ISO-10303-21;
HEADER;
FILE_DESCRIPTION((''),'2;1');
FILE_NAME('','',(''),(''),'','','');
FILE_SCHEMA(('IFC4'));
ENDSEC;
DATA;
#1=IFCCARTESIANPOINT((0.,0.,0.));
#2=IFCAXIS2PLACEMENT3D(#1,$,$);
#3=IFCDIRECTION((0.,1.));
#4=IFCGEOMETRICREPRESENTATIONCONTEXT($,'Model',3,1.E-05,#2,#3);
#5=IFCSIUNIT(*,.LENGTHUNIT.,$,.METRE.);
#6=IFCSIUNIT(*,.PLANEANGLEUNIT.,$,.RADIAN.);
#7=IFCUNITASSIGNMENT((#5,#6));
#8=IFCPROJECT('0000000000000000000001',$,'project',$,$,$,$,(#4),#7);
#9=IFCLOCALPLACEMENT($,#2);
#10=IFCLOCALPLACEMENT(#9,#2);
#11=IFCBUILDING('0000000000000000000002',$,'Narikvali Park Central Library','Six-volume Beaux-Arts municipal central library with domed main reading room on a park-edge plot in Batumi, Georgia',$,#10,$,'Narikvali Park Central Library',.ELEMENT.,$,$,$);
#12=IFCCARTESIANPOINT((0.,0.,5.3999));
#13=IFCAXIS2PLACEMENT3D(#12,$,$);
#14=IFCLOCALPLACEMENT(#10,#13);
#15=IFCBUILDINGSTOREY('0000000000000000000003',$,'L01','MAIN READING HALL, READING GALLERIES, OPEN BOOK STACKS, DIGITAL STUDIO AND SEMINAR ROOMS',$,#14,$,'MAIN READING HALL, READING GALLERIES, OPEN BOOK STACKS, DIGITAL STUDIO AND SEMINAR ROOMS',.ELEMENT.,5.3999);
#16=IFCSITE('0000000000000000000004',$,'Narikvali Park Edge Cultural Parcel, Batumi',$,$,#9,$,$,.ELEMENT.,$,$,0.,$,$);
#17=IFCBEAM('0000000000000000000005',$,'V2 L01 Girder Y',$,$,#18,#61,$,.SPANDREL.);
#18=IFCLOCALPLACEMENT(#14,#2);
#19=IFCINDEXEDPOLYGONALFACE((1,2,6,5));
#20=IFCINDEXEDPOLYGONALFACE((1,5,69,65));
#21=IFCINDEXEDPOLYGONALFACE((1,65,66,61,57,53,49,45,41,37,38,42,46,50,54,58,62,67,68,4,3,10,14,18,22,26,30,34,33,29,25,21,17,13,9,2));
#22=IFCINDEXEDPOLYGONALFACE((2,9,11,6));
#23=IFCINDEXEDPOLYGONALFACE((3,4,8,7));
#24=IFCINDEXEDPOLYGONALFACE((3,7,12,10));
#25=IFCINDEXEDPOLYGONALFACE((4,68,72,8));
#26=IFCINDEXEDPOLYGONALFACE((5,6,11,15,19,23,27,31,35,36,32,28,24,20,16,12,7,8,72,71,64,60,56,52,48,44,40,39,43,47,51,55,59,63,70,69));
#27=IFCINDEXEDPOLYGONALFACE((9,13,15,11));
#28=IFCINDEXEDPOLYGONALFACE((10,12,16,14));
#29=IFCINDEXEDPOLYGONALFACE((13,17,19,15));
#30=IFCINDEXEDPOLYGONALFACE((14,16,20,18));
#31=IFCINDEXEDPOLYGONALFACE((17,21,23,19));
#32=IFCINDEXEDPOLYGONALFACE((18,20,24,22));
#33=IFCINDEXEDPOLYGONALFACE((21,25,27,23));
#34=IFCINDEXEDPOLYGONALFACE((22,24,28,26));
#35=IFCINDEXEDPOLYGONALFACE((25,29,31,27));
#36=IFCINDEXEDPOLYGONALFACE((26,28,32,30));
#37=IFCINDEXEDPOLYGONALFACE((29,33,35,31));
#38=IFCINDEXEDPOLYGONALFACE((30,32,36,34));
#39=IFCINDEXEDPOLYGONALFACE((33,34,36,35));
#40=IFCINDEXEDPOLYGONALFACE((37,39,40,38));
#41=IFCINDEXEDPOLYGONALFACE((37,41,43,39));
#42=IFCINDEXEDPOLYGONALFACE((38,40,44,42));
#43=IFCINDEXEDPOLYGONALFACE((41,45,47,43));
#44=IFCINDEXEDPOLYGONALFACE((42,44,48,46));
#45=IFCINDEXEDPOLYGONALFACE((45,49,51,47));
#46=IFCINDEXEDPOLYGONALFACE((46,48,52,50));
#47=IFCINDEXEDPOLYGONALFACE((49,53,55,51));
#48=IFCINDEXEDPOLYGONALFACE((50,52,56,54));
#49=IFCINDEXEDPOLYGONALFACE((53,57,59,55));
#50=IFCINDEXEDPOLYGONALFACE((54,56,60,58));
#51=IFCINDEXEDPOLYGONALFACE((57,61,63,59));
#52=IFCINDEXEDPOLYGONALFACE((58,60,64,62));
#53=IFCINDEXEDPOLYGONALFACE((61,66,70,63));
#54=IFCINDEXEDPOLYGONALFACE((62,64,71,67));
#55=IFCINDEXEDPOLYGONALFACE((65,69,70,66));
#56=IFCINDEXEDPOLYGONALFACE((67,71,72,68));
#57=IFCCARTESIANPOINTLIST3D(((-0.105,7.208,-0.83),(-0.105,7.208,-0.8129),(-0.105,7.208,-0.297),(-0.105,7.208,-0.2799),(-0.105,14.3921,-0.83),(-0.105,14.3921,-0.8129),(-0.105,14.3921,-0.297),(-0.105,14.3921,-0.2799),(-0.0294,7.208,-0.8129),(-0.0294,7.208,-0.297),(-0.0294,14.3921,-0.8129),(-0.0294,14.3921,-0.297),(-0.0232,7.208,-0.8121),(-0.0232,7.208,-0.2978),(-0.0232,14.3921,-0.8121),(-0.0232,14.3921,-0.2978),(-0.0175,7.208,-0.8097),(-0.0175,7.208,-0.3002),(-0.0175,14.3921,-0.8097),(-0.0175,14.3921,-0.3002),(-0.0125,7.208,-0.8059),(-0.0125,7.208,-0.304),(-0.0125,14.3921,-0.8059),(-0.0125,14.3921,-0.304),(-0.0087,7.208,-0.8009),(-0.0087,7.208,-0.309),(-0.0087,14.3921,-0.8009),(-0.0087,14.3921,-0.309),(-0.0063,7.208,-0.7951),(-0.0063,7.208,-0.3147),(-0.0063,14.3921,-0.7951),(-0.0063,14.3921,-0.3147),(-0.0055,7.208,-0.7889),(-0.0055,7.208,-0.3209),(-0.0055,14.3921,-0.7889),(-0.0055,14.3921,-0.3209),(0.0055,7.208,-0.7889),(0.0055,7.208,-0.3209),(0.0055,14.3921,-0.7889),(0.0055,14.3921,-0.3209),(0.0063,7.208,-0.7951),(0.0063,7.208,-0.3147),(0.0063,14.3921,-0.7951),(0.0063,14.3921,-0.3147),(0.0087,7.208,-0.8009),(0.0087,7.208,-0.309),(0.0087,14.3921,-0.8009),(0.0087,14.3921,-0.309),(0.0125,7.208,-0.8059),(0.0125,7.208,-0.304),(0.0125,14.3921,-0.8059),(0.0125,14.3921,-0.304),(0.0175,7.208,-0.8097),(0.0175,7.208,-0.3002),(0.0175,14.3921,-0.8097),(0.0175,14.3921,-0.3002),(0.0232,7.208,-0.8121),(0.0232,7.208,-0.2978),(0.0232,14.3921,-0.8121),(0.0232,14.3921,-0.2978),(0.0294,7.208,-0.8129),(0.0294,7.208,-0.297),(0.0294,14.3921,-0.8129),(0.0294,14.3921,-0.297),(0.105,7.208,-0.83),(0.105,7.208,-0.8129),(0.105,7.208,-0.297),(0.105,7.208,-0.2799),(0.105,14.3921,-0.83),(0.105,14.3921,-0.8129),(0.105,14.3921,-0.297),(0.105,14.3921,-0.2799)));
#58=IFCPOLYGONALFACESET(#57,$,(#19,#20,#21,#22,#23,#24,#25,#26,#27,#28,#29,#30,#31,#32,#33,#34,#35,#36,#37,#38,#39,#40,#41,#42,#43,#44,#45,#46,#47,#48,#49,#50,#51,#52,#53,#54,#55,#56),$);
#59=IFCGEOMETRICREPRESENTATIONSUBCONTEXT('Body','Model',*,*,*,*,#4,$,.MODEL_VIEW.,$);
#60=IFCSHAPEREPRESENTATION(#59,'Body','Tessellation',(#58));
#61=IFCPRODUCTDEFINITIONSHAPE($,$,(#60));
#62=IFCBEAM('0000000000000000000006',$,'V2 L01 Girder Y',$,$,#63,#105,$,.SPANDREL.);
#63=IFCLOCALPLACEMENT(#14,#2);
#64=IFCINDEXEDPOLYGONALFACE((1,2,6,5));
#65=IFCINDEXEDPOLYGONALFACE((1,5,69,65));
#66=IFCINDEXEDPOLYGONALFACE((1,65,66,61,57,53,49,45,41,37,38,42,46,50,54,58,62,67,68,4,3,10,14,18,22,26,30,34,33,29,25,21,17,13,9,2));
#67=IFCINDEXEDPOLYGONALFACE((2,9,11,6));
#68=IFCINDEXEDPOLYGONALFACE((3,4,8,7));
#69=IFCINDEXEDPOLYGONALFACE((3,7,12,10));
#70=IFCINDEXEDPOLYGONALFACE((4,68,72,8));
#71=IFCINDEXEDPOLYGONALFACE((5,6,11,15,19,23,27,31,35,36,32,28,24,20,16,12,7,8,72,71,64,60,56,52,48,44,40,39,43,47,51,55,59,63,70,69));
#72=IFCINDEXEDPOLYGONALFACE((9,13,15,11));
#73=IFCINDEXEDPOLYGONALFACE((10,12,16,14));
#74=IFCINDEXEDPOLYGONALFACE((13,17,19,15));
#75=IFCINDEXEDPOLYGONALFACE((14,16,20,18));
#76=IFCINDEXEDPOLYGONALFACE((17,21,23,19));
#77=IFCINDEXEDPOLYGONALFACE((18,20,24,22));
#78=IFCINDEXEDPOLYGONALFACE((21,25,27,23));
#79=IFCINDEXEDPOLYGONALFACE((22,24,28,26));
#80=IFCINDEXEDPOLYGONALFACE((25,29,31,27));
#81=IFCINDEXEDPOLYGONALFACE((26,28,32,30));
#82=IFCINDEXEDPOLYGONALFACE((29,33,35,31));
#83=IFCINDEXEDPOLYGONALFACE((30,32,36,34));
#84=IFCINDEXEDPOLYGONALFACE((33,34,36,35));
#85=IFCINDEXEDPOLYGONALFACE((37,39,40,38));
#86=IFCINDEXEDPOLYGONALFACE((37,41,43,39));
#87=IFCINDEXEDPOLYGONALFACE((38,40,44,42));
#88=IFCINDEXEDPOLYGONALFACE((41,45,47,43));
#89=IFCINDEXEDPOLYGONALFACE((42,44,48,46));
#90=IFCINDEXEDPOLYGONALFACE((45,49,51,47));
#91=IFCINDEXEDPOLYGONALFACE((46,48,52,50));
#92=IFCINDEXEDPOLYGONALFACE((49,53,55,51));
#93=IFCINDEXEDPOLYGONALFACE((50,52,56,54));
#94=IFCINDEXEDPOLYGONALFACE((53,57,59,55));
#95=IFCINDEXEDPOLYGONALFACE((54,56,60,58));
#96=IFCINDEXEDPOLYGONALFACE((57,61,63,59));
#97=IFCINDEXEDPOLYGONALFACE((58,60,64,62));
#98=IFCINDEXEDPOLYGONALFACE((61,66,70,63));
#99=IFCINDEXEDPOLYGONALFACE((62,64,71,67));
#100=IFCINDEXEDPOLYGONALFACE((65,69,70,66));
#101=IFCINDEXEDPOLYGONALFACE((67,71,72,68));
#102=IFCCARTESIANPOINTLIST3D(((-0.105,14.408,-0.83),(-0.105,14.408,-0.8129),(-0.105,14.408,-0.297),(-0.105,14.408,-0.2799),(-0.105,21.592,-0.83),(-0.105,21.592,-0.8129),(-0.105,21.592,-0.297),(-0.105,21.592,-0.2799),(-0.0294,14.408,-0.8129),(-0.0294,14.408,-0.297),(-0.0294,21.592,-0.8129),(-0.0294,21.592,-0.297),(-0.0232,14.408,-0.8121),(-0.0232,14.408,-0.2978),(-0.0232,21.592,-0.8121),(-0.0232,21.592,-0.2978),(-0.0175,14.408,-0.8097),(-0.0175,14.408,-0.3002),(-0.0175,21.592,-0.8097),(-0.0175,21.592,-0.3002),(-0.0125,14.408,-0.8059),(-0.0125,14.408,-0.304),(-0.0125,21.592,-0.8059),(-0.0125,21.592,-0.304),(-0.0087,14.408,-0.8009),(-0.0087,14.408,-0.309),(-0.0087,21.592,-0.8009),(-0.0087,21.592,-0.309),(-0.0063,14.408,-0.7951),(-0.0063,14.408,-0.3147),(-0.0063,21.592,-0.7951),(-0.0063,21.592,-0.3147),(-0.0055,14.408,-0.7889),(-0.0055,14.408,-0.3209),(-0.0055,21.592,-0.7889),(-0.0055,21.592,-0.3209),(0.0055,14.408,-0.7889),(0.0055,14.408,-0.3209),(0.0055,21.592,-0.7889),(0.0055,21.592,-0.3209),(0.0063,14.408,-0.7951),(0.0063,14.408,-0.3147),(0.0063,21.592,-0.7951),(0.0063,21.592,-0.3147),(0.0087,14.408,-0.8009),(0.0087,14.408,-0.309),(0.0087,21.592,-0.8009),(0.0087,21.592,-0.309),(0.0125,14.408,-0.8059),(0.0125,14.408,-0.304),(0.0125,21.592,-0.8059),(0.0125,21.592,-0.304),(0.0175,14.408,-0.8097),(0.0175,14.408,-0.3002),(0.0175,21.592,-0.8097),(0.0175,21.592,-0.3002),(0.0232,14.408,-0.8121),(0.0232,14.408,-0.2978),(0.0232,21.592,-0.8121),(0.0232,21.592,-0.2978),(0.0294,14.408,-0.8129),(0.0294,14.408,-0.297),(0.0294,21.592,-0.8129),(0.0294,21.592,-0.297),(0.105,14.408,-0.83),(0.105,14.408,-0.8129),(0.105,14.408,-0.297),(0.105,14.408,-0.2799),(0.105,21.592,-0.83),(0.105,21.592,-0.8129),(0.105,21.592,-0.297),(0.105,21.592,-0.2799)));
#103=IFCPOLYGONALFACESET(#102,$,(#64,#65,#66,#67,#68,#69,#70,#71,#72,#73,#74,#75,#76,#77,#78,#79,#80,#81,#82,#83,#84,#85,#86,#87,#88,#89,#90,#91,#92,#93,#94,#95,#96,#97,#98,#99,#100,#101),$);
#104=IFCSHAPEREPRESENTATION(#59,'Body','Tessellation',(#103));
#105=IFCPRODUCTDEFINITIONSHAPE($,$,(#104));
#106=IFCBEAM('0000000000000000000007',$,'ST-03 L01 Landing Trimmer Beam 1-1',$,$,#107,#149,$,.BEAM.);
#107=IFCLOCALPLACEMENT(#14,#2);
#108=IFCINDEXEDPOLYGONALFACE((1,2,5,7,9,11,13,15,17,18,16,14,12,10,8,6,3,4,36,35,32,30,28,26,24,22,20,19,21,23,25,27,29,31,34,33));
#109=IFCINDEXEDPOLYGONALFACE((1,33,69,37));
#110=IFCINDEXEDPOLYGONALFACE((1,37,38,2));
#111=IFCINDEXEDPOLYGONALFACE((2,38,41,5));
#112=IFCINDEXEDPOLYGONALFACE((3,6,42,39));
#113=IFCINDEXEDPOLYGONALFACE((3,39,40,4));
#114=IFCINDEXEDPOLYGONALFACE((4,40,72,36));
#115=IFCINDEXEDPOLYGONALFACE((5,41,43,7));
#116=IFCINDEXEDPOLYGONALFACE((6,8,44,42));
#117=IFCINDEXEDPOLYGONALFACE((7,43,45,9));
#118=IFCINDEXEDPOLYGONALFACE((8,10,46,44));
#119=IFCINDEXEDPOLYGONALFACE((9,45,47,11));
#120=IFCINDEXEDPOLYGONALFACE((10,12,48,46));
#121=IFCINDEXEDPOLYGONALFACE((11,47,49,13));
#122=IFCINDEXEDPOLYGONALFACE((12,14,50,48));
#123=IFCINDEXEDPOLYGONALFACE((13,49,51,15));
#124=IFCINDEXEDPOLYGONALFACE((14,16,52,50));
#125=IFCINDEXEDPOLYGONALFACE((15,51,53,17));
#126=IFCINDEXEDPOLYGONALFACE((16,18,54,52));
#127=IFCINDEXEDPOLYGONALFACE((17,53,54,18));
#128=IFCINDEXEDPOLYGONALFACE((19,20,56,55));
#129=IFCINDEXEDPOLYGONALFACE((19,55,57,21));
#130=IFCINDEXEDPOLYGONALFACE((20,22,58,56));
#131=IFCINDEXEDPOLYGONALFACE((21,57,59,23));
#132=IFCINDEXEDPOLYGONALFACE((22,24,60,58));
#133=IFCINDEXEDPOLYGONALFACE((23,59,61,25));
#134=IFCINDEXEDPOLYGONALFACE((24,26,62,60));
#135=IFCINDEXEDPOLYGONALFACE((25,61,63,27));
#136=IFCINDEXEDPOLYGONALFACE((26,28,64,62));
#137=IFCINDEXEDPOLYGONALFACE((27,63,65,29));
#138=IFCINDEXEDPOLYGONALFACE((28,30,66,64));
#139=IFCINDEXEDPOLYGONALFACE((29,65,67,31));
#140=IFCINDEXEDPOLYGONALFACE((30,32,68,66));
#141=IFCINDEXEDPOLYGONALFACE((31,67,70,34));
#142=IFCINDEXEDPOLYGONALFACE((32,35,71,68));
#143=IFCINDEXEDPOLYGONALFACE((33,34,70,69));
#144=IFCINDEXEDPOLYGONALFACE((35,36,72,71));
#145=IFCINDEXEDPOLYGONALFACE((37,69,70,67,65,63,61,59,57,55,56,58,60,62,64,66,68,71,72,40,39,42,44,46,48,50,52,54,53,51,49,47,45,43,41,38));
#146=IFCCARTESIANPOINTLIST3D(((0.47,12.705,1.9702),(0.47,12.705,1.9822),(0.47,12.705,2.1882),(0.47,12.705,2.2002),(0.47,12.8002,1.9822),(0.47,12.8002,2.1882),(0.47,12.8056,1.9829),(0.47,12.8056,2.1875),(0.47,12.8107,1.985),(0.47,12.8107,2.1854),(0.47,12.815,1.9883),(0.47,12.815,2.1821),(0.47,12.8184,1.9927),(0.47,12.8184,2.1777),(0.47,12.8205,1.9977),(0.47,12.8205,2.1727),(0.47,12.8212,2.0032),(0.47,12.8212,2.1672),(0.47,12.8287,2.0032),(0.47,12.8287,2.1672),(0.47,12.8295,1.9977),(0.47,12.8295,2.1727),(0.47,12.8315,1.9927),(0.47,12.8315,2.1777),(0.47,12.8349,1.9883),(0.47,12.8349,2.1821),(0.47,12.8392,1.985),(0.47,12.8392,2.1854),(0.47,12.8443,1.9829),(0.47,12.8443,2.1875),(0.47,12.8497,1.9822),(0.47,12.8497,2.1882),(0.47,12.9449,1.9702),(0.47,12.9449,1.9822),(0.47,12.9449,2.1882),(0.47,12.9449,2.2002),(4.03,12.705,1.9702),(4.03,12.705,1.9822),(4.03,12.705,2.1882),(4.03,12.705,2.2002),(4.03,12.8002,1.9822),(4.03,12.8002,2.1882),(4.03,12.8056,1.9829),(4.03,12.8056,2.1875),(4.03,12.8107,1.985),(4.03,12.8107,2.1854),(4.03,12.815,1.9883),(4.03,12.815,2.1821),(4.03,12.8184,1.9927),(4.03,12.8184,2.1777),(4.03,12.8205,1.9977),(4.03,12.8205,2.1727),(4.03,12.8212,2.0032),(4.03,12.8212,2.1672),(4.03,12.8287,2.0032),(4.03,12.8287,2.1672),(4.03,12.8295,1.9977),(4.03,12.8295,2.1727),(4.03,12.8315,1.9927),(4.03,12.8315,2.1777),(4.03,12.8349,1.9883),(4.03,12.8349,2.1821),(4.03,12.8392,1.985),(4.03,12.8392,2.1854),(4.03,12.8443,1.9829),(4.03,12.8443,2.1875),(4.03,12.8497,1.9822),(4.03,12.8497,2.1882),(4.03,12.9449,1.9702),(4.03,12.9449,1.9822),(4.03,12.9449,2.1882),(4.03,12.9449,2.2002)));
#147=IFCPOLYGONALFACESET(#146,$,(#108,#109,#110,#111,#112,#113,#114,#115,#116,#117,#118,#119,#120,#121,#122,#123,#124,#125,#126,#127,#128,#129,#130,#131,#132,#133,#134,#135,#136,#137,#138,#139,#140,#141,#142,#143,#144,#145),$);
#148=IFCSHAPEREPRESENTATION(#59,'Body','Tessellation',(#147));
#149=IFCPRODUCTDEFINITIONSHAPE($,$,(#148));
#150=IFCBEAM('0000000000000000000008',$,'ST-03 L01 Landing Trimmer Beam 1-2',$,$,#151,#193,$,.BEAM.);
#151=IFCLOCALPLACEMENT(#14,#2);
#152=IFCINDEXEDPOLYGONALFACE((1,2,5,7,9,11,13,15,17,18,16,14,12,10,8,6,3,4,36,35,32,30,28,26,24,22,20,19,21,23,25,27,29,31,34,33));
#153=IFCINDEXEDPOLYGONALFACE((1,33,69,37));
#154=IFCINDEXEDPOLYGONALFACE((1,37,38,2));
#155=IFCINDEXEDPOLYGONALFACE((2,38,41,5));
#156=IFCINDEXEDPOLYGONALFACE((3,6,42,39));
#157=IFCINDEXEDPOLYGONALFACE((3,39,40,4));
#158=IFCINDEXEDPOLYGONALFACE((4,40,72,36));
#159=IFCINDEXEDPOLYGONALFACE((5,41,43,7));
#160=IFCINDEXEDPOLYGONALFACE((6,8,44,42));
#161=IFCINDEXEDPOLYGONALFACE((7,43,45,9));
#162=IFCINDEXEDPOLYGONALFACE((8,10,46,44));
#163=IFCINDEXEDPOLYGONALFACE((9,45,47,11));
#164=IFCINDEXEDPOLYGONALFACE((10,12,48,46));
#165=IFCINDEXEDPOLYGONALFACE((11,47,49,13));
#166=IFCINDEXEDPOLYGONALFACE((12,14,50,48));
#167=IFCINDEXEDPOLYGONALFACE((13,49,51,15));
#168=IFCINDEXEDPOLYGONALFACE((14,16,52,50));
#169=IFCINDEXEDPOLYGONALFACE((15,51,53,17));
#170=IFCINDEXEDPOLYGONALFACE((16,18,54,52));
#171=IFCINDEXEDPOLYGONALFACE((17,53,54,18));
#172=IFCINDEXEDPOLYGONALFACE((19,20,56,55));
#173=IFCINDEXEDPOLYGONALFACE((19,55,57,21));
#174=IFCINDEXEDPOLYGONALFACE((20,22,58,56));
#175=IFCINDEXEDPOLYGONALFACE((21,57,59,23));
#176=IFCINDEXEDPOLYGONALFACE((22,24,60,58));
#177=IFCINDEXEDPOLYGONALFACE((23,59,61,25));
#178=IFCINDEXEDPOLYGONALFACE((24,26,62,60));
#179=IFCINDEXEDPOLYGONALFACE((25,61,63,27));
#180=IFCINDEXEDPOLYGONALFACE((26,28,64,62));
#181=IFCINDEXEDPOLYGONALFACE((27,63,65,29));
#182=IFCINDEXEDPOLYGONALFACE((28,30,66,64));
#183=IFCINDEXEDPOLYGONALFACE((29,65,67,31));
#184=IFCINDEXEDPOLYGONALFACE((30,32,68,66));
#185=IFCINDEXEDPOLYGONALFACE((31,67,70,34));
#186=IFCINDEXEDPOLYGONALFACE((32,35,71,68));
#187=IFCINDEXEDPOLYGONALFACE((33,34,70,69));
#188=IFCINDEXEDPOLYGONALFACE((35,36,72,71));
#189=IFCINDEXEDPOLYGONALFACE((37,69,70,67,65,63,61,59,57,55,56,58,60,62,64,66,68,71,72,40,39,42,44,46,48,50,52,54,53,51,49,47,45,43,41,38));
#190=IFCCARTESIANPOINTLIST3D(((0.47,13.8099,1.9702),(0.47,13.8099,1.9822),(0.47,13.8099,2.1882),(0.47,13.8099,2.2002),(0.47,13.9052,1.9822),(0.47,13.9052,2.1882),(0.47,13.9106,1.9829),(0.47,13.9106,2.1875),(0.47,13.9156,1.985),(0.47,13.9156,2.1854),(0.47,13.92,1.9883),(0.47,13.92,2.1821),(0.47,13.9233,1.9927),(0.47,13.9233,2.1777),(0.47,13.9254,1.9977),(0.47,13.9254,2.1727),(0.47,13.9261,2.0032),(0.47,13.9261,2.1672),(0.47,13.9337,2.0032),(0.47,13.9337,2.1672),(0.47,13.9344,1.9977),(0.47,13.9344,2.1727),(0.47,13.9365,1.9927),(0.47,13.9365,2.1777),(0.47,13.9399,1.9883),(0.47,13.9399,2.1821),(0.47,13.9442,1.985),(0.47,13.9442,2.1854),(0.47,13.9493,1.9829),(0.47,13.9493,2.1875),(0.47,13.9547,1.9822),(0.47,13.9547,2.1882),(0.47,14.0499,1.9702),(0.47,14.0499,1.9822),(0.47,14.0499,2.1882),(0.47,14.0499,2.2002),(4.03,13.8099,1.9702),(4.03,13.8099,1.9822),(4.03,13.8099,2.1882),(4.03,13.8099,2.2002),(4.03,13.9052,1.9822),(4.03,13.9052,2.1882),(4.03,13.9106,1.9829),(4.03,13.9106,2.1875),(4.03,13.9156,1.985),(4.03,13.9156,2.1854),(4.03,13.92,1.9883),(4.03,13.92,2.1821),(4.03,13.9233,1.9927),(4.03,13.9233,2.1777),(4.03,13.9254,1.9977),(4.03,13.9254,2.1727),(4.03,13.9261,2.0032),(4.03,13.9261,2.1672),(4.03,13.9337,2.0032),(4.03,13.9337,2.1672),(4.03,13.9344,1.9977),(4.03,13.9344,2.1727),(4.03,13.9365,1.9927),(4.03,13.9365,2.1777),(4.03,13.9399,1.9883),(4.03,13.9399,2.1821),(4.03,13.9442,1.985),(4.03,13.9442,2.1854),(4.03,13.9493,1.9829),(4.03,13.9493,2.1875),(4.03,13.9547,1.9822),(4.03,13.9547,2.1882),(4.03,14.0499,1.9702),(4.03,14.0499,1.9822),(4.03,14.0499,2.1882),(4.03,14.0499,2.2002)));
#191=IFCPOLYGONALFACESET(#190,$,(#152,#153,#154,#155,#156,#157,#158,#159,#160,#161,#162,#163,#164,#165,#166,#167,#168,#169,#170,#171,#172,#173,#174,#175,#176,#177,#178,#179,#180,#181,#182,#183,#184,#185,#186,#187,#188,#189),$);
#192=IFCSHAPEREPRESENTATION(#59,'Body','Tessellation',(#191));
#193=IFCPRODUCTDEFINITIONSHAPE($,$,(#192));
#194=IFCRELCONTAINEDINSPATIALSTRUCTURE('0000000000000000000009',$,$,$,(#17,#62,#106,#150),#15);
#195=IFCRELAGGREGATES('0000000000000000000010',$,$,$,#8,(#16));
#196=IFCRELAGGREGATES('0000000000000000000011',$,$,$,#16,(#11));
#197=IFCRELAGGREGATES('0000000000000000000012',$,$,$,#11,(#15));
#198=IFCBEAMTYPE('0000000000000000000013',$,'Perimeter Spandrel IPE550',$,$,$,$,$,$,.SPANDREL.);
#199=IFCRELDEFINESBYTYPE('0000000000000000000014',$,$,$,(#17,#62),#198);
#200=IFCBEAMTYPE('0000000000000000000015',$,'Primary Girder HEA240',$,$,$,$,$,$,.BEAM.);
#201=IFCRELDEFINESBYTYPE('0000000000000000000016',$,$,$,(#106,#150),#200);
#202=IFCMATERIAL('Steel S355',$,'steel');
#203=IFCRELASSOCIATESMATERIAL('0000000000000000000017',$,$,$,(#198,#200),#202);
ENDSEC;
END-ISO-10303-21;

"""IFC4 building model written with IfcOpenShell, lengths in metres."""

from ifc_helpers import new_model, si_unit, direction, frame, origin, origin_2d, place, context, subcontext, project, spatial, i_section, extrude, material, material_profile, profile_set, type_object, element, save


model = new_model("IFC4")

# Units and contexts
model_context = context("Model", 3, precision=1e-05, world=origin(), true_north=direction((0.0, 1.0)))
body_context = subcontext(model_context, "Body", "Model", "MODEL_VIEW")
ifc_project = project(units=[si_unit("LENGTHUNIT", "METRE"), si_unit("PLANEANGLEUNIT", "RADIAN")], contexts=[model_context])

# Site, building, storey
site_placement = place(None, origin())
site = spatial("IfcSite", under=ifc_project, at=site_placement, Name="Narikvali Park Edge Cultural Parcel, Batumi", CompositionType="ELEMENT", RefElevation=0.0)
building_placement = place(site_placement, origin())
building = spatial("IfcBuilding", under=site, at=building_placement, Name="Narikvali Park Central Library", Description="Six-volume Beaux-Arts municipal central library with domed main reading room on a park-edge plot in Batumi, Georgia", LongName="Narikvali Park Central Library", CompositionType="ELEMENT")
storey_placement = place(building_placement, frame((0.0, 0.0, 5.3999)))
storey = spatial("IfcBuildingStorey", under=building, at=storey_placement, Name="L01", Description="MAIN READING HALL, READING GALLERIES, OPEN BOOK STACKS, DIGITAL STUDIO AND SEMINAR ROOMS", LongName="MAIN READING HALL, READING GALLERIES, OPEN BOOK STACKS, DIGITAL STUDIO AND SEMINAR ROOMS", CompositionType="ELEMENT", Elevation=5.3999)

# Shared definitions
ifc_material_1 = material(Name="Steel S355", Category="steel")

# Beams
ifc_material_profile_1 = material_profile(ifc_material_1, i_section(OverallWidth=0.21, OverallDepth=0.55, WebThickness=0.011, FlangeThickness=0.0171, FilletRadius=0.0239, at=origin_2d()), Name="IPE 550")
ifc_profile_set_1 = profile_set([ifc_material_profile_1], Name="Steel S355")
beam_type_1 = type_object("IfcBeamType", Name="Perimeter Spandrel IPE550", PredefinedType="SPANDREL", material=ifc_profile_set_1)
for number, where, z_axis, x_axis, name in (
    (1, (0.0, 7.208, -0.5549), (0.0, 1.0, 0.0), (-1.0, 0.0, 0.0), "V2 L01 Girder Y"),
    (2, (0.0, 14.408, -0.5549), (0.0, 1.0, 0.0), (-1.0, 0.0, 0.0), "V2 L01 Girder Y"),
):
    element("IfcBeam", number, at=place(storey_placement, frame(where, z_axis=z_axis, x_axis=x_axis)), inside=storey, type_object=beam_type_1, Name=name, PredefinedType="SPANDREL", context=body_context, shape_type="SweptSolid", body=[
        extrude(i_section(OverallWidth=0.21, OverallDepth=0.55, WebThickness=0.011, FlangeThickness=0.0171, FilletRadius=0.0239, at=origin_2d()), origin(), (0.0, 0.0, 1.0), 7.1841),
    ])
ifc_material_profile_2 = material_profile(ifc_material_1, i_section(OverallWidth=0.24, OverallDepth=0.23, WebThickness=0.0076, FlangeThickness=0.012, FilletRadius=0.021, at=origin_2d()), Name="HEA 240")
ifc_profile_set_2 = profile_set([ifc_material_profile_2], Name="Steel S355")
beam_type_2 = type_object("IfcBeamType", Name="Primary Girder HEA240", PredefinedType="BEAM", material=ifc_profile_set_2)
for number, where, z_axis, x_axis, name in (
    (3, (0.47, 12.825, 2.0852), (1.0, 0.0, 0.0), (0.0, 1.0, 0.0), "ST-03 L01 Landing Trimmer Beam 1-1"),
    (4, (0.47, 13.9299, 2.0852), (1.0, 0.0, 0.0), (0.0, 1.0, 0.0), "ST-03 L01 Landing Trimmer Beam 1-2"),
):
    element("IfcBeam", number, at=place(storey_placement, frame(where, z_axis=z_axis, x_axis=x_axis)), inside=storey, type_object=beam_type_2, Name=name, PredefinedType="BEAM", context=body_context, shape_type="SweptSolid", body=[
        extrude(i_section(OverallWidth=0.24, OverallDepth=0.23, WebThickness=0.0076, FlangeThickness=0.012, FilletRadius=0.021, at=origin_2d()), origin(), (0.0, 0.0, 1.0), 3.5601),
    ])

save(model, "model.ifc")
